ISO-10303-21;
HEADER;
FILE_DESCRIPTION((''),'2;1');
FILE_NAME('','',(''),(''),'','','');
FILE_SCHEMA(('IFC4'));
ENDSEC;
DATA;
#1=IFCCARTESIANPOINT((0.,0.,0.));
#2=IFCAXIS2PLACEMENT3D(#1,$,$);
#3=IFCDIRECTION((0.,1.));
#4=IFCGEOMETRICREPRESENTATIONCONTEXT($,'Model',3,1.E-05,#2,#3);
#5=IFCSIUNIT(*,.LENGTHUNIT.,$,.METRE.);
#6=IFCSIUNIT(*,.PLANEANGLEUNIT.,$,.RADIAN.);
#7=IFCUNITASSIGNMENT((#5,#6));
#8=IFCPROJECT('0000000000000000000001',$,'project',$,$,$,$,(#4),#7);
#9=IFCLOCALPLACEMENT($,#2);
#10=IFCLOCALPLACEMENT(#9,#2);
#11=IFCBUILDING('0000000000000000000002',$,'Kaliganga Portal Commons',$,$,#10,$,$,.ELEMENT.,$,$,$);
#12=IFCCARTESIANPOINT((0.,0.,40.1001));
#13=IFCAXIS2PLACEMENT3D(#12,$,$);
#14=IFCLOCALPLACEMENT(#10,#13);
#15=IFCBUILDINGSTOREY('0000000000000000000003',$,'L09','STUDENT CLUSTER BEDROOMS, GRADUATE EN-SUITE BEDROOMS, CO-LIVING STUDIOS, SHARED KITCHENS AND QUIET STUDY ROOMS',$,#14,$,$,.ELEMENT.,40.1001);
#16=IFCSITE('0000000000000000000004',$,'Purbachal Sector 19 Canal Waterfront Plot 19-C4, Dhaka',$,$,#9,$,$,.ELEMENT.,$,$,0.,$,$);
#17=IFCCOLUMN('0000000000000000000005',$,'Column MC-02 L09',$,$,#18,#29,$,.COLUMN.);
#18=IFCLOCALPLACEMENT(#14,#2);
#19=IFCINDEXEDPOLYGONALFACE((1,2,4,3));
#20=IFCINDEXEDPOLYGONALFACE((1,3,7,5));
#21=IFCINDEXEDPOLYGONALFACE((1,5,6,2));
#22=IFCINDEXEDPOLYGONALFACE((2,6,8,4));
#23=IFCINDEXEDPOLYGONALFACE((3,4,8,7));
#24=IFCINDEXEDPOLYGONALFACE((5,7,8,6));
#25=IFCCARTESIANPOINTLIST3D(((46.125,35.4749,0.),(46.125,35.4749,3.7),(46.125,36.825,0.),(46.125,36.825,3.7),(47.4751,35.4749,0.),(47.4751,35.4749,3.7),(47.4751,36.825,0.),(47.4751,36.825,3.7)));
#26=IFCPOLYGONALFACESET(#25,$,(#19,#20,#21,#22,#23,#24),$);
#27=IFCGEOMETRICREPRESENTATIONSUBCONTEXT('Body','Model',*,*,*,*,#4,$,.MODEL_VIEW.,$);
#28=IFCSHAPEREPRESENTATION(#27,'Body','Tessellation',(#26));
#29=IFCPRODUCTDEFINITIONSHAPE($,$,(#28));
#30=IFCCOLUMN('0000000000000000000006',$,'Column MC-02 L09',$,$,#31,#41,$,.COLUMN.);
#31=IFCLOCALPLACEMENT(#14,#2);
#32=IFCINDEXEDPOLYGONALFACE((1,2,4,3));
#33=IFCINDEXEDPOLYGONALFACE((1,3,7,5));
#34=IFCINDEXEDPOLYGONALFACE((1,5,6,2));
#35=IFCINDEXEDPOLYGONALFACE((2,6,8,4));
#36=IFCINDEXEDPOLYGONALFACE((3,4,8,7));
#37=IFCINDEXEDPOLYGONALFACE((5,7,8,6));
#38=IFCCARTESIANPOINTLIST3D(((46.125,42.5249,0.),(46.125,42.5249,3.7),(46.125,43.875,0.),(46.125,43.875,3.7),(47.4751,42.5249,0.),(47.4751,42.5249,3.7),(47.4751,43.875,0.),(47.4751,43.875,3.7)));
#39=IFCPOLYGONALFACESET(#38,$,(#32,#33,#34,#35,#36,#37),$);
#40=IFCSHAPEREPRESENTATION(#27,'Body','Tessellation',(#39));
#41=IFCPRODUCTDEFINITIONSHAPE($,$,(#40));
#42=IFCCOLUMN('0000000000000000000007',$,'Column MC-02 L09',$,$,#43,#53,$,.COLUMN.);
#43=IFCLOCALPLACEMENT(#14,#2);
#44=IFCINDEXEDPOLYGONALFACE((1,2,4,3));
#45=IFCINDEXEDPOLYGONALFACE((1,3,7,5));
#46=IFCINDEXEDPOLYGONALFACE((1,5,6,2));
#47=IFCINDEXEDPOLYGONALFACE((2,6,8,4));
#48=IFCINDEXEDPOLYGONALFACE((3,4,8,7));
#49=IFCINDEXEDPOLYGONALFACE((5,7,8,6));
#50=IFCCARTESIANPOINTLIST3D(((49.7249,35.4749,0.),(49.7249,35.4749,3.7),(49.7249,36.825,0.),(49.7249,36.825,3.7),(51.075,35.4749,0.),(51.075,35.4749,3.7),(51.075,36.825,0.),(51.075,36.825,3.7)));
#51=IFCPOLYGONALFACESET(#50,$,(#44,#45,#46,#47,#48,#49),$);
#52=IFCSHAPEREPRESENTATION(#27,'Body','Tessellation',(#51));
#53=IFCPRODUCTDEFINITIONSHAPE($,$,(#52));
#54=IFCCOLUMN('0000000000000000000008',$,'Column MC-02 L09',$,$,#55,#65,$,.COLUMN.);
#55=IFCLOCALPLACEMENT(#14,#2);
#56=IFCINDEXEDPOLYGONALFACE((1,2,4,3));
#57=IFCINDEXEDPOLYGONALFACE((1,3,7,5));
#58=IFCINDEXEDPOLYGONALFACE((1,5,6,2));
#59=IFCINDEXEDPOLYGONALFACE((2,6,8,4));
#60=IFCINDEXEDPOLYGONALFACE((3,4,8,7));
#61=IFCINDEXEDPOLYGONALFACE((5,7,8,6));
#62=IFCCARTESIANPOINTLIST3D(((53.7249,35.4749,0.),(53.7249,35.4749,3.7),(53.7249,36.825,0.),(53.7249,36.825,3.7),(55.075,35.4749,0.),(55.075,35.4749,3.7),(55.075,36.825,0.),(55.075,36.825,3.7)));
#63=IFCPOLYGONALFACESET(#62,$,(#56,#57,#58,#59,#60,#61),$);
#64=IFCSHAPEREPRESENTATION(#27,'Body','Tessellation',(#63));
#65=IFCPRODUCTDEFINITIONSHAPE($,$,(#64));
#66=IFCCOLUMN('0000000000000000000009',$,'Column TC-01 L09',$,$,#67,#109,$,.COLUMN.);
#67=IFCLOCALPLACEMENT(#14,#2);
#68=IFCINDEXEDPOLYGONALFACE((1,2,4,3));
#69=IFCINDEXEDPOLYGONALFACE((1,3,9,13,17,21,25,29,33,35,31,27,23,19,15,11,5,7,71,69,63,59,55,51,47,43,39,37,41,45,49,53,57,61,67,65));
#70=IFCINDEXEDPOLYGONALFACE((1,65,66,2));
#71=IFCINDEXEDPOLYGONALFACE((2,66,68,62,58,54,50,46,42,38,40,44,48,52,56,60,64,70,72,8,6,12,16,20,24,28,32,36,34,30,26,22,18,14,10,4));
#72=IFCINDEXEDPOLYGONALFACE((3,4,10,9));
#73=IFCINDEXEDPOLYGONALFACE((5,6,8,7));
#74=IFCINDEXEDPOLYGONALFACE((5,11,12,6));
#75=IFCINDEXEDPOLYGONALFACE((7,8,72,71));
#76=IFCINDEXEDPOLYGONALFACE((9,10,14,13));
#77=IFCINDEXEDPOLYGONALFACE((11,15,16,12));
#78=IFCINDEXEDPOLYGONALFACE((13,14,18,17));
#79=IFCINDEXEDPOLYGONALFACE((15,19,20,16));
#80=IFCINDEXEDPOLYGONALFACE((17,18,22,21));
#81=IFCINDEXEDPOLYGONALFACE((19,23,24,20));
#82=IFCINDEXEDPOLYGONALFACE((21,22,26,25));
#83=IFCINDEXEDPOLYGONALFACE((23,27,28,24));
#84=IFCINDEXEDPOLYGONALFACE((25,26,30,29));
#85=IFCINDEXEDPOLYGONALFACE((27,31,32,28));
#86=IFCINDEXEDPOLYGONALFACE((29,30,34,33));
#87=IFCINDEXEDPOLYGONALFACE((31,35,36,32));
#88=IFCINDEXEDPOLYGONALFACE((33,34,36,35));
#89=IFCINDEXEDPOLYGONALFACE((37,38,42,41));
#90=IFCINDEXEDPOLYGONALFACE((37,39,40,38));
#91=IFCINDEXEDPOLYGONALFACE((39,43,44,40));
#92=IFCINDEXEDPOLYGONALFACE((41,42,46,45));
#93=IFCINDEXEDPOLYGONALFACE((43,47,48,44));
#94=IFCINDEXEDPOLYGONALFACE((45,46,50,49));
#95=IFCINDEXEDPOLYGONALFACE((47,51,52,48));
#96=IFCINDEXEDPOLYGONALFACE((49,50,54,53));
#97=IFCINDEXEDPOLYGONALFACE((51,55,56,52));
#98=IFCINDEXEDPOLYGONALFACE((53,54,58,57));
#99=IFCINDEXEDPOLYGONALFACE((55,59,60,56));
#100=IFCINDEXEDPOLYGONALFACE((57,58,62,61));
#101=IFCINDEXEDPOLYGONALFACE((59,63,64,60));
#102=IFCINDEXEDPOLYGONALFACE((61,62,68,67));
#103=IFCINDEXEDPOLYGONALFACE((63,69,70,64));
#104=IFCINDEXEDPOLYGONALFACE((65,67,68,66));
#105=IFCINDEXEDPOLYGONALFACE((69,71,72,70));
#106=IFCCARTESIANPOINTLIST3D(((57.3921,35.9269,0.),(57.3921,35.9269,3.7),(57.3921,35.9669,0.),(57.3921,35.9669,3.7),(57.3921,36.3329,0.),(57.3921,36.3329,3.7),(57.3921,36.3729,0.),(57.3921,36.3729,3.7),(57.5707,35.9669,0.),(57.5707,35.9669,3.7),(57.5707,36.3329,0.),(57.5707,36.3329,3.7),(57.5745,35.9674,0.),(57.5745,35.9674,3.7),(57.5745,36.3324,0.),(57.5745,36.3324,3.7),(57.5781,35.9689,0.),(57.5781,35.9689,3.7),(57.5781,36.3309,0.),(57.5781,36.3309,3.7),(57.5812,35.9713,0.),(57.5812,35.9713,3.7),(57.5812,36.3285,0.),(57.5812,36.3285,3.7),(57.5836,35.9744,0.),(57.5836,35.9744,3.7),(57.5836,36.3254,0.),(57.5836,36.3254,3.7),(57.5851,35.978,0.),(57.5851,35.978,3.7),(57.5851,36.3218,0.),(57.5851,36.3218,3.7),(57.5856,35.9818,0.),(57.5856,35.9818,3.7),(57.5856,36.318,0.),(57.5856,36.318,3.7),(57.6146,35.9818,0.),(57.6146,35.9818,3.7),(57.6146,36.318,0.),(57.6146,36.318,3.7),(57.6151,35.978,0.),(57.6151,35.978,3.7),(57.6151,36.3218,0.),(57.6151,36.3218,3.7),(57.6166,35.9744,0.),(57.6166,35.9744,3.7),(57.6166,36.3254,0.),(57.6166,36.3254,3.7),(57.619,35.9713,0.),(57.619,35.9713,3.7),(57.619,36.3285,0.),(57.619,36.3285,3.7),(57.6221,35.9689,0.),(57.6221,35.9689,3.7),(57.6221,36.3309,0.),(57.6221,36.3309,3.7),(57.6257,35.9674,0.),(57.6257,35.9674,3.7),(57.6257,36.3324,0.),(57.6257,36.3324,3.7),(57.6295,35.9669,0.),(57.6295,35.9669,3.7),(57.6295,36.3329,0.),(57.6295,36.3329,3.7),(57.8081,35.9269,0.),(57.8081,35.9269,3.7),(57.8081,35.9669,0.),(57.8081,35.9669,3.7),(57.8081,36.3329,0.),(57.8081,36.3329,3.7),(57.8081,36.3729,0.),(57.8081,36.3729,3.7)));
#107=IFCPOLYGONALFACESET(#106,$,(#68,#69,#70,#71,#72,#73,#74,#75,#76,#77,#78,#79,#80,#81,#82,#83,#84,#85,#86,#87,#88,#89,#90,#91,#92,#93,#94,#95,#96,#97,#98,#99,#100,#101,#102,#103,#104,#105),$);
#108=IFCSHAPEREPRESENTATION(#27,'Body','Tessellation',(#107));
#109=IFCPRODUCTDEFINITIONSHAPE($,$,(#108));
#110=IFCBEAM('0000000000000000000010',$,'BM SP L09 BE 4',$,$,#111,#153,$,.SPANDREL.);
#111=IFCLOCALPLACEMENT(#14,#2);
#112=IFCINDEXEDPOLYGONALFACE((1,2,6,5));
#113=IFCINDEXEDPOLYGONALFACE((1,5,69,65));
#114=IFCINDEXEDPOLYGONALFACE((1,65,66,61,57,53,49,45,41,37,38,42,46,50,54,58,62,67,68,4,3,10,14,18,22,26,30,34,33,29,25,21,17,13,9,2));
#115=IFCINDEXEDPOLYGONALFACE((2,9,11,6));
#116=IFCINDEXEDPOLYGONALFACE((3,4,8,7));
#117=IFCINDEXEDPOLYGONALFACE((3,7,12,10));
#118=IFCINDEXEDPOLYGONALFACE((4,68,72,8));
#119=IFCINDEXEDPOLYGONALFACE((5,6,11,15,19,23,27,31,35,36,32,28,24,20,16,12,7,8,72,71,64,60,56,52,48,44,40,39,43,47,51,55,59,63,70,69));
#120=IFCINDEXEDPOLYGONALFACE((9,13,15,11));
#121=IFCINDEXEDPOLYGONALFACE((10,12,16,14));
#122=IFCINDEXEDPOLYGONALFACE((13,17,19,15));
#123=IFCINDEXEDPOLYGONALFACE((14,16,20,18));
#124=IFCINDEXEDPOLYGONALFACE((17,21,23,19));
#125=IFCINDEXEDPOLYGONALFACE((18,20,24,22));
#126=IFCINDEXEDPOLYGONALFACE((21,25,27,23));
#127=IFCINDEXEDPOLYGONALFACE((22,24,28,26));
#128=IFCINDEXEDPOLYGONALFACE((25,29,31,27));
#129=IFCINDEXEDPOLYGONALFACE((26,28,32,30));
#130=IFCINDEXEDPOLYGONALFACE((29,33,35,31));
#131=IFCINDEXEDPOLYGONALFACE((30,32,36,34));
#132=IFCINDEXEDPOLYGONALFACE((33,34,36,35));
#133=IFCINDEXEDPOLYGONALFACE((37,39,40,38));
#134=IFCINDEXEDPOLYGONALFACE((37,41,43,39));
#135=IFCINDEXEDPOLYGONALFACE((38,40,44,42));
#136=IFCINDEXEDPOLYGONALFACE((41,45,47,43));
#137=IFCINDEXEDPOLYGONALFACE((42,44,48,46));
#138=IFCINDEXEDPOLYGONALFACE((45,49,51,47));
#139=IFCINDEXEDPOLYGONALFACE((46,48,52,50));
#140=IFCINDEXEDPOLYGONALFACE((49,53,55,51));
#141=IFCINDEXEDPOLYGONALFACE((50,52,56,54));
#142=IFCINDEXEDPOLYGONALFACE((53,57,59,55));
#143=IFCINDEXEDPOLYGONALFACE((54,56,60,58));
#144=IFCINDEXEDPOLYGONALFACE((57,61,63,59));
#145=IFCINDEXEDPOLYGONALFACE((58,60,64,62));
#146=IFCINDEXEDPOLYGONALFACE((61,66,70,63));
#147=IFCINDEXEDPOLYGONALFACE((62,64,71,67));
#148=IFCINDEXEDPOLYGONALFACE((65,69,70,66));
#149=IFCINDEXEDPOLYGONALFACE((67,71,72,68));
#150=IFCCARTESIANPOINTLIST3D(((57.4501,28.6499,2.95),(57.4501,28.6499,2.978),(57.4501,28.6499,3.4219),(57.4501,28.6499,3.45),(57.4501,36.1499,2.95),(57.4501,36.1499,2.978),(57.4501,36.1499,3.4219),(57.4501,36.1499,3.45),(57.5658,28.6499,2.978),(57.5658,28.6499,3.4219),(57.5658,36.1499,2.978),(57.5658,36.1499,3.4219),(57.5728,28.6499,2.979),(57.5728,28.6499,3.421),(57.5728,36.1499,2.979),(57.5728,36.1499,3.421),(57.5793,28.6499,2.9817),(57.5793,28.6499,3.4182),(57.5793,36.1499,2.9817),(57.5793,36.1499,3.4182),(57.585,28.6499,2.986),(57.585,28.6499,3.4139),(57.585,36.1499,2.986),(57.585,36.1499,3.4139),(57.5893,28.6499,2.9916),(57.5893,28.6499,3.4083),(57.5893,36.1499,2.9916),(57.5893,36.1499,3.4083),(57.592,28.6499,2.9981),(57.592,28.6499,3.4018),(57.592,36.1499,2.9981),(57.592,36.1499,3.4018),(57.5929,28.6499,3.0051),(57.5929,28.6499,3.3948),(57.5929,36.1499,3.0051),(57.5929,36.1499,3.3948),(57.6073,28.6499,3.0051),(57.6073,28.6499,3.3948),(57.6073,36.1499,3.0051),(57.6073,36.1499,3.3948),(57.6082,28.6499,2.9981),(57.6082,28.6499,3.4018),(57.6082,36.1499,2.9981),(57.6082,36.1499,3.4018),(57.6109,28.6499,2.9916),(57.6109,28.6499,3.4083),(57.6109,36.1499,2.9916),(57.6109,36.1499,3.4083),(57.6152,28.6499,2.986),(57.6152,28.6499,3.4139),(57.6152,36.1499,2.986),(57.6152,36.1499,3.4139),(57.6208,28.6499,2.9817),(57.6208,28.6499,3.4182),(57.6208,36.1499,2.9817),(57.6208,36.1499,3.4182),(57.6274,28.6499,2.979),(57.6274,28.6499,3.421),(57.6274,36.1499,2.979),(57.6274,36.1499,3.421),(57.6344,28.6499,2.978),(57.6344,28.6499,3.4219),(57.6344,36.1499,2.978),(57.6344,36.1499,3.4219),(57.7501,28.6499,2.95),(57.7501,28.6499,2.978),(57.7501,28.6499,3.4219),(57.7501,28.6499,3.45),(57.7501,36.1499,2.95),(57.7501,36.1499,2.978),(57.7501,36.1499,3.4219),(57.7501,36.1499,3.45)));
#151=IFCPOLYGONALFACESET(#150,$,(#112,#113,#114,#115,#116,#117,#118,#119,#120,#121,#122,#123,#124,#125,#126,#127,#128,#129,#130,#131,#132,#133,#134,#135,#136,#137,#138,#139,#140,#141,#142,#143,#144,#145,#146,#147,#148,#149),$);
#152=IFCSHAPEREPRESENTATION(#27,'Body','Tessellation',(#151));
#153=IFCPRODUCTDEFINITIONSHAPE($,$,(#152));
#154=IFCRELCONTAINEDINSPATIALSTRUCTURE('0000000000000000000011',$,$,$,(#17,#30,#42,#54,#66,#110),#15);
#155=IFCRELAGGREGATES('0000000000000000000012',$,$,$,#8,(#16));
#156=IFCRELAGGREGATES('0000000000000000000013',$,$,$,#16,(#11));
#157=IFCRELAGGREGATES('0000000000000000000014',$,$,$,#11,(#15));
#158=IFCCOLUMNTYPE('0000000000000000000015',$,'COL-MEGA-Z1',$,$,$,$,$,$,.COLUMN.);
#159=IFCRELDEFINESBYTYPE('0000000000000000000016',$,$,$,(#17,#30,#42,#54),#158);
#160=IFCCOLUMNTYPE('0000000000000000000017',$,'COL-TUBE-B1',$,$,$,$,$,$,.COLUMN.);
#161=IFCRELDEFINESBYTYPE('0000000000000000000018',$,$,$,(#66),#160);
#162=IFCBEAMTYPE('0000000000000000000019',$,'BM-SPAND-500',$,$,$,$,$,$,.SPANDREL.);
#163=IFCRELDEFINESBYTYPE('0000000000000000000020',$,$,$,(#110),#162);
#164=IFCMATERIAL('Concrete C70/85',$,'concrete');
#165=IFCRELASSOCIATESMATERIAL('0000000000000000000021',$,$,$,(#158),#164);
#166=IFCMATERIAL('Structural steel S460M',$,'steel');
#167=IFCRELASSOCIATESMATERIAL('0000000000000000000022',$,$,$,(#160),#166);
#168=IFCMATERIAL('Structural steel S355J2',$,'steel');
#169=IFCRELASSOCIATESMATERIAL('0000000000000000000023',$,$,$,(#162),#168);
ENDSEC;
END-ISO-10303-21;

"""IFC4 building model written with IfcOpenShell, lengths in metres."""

from ifc_helpers import new_model, si_unit, direction, frame, origin, origin_2d, place, context, subcontext, project, spatial, rectangle, i_section, extrude, source, transform, mapped, material, material_profile, profile_set, type_object, element, save


model = new_model("IFC4")

# Units and contexts
model_context = context("Model", 3, precision=1e-05, world=origin(), true_north=direction((0.0, 1.0)))
body_context = subcontext(model_context, "Body", "Model", "MODEL_VIEW")
ifc_project = project(units=[si_unit("LENGTHUNIT", "METRE"), si_unit("PLANEANGLEUNIT", "RADIAN")], contexts=[model_context])

# Site, building, storey
site_placement = place(None, origin())
site = spatial("IfcSite", under=ifc_project, at=site_placement, Name="Purbachal Sector 19 Canal Waterfront Plot 19-C4, Dhaka", CompositionType="ELEMENT", RefElevation=0.0)
building_placement = place(site_placement, origin())
building = spatial("IfcBuilding", under=site, at=building_placement, Name="Kaliganga Portal Commons", CompositionType="ELEMENT")
storey_placement = place(building_placement, frame((0.0, 0.0, 40.1001)))
storey = spatial("IfcBuildingStorey", under=building, at=storey_placement, Name="L09", Description="STUDENT CLUSTER BEDROOMS, GRADUATE EN-SUITE BEDROOMS, CO-LIVING STUDIOS, SHARED KITCHENS AND QUIET STUDY ROOMS", CompositionType="ELEMENT", Elevation=40.1001)

# Columns
ifc_material_1 = material(Name="Concrete C70/85", Category="concrete")
ifc_material_profile_1 = material_profile(ifc_material_1, rectangle(XDim=1.3501, YDim=1.3501, at=origin_2d()), Name="RC 1350x1350")
ifc_profile_set_1 = profile_set([ifc_material_profile_1], Name="Concrete C70/85")
column_type_1 = type_object("IfcColumnType", Name="COL-MEGA-Z1", PredefinedType="COLUMN", material=ifc_profile_set_1)
shared_shape_1 = source(origin(), body_context, "Body", "SweptSolid", [
    extrude(rectangle(XDim=1.3501, YDim=1.3501, at=origin_2d()), origin(), (0.0, 0.0, 1.0), 3.7),
])
for number, where, z_axis, x_axis, name in (
    (1, (46.8, 36.1499, 0.0), (0.0, 0.0, 1.0), (1.0, 0.0, 0.0), "Column MC-02 L09"),
    (2, (46.8, 43.2, 0.0), (0.0, 0.0, 1.0), (1.0, 0.0, 0.0), "Column MC-02 L09"),
    (3, (50.3999, 36.1499, 0.0), (0.0, 0.0, 1.0), (1.0, 0.0, 0.0), "Column MC-02 L09"),
    (4, (54.3999, 36.1499, 0.0), (0.0, 0.0, 1.0), (1.0, 0.0, 0.0), "Column MC-02 L09"),
):
    element("IfcColumn", number, at=place(storey_placement, frame(where, z_axis=z_axis, x_axis=x_axis)), inside=storey, type_object=column_type_1, Name=name, PredefinedType="COLUMN", context=body_context, shape_type="MappedRepresentation", body=[
        mapped(shared_shape_1, transform((0.0, 0.0, 0.0), x_axis=(1.0, 0.0, 0.0), y_axis=(0.0, 1.0, 0.0), z_axis=(0.0, 0.0, 1.0), scale=1.0)),
    ])
ifc_material_2 = material(Name="Structural steel S460M", Category="steel")
ifc_material_profile_2 = material_profile(ifc_material_2, i_section(OverallWidth=0.416, OverallDepth=0.446, WebThickness=0.0291, FlangeThickness=0.04, FilletRadius=0.0149, at=origin_2d()), Name="HD 400x509")
ifc_profile_set_2 = profile_set([ifc_material_profile_2], Name="Structural steel S460M wide-flange")
column_type_2 = type_object("IfcColumnType", Name="COL-TUBE-B1", PredefinedType="COLUMN", material=ifc_profile_set_2)
shared_shape_2 = source(origin(), body_context, "Body", "SweptSolid", [
    extrude(i_section(OverallWidth=0.416, OverallDepth=0.446, WebThickness=0.0291, FlangeThickness=0.04, FilletRadius=0.0149, at=origin_2d()), origin(), (0.0, 0.0, 1.0), 3.7),
])
column_placement = place(storey_placement, frame((57.6001, 36.1499, 0.0), z_axis=(0.0, 0.0, 1.0), x_axis=(1.0, 0.0, 0.0)))
element("IfcColumn", 5, at=column_placement, inside=storey, type_object=column_type_2, Name="Column TC-01 L09", PredefinedType="COLUMN", context=body_context, shape_type="MappedRepresentation", body=[
    mapped(shared_shape_2, transform((0.0, 0.0, 0.0), x_axis=(1.0, 0.0, 0.0), y_axis=(0.0, 1.0, 0.0), z_axis=(0.0, 0.0, 1.0), scale=1.0)),
])

# Beam
ifc_material_3 = material(Name="Structural steel S355J2", Category="steel")
ifc_material_profile_3 = material_profile(ifc_material_3, i_section(OverallWidth=0.3, OverallDepth=0.5, WebThickness=0.0144, FlangeThickness=0.0281, FilletRadius=0.0271, at=origin_2d()), Name="HE 500 B")
ifc_profile_set_3 = profile_set([ifc_material_profile_3], Name="Structural steel S355J2 wide-flange")
beam_type_1 = type_object("IfcBeamType", Name="BM-SPAND-500", PredefinedType="SPANDREL", material=ifc_profile_set_3)
shared_shape_3 = source(origin(), body_context, "Body", "SweptSolid", [
    extrude(i_section(OverallWidth=0.3, OverallDepth=0.5, WebThickness=0.0144, FlangeThickness=0.0281, FilletRadius=0.0271, at=origin_2d()), origin(), (0.0, 0.0, 1.0), 7.5),
])
beam_1_placement = place(storey_placement, frame((57.6001, 28.6499, 3.2), z_axis=(0.0, 1.0, 0.0), x_axis=(-1.0, 0.0, 0.0)))
element("IfcBeam", 6, at=beam_1_placement, inside=storey, type_object=beam_type_1, Name="BM SP L09 BE 4", PredefinedType="SPANDREL", context=body_context, shape_type="MappedRepresentation", body=[
    mapped(shared_shape_3, transform((0.0, 0.0, 0.0), x_axis=(1.0, 0.0, 0.0), y_axis=(0.0, 1.0, 0.0), z_axis=(0.0, 0.0, 1.0), scale=1.0)),
])

save(model, "model.ifc")
